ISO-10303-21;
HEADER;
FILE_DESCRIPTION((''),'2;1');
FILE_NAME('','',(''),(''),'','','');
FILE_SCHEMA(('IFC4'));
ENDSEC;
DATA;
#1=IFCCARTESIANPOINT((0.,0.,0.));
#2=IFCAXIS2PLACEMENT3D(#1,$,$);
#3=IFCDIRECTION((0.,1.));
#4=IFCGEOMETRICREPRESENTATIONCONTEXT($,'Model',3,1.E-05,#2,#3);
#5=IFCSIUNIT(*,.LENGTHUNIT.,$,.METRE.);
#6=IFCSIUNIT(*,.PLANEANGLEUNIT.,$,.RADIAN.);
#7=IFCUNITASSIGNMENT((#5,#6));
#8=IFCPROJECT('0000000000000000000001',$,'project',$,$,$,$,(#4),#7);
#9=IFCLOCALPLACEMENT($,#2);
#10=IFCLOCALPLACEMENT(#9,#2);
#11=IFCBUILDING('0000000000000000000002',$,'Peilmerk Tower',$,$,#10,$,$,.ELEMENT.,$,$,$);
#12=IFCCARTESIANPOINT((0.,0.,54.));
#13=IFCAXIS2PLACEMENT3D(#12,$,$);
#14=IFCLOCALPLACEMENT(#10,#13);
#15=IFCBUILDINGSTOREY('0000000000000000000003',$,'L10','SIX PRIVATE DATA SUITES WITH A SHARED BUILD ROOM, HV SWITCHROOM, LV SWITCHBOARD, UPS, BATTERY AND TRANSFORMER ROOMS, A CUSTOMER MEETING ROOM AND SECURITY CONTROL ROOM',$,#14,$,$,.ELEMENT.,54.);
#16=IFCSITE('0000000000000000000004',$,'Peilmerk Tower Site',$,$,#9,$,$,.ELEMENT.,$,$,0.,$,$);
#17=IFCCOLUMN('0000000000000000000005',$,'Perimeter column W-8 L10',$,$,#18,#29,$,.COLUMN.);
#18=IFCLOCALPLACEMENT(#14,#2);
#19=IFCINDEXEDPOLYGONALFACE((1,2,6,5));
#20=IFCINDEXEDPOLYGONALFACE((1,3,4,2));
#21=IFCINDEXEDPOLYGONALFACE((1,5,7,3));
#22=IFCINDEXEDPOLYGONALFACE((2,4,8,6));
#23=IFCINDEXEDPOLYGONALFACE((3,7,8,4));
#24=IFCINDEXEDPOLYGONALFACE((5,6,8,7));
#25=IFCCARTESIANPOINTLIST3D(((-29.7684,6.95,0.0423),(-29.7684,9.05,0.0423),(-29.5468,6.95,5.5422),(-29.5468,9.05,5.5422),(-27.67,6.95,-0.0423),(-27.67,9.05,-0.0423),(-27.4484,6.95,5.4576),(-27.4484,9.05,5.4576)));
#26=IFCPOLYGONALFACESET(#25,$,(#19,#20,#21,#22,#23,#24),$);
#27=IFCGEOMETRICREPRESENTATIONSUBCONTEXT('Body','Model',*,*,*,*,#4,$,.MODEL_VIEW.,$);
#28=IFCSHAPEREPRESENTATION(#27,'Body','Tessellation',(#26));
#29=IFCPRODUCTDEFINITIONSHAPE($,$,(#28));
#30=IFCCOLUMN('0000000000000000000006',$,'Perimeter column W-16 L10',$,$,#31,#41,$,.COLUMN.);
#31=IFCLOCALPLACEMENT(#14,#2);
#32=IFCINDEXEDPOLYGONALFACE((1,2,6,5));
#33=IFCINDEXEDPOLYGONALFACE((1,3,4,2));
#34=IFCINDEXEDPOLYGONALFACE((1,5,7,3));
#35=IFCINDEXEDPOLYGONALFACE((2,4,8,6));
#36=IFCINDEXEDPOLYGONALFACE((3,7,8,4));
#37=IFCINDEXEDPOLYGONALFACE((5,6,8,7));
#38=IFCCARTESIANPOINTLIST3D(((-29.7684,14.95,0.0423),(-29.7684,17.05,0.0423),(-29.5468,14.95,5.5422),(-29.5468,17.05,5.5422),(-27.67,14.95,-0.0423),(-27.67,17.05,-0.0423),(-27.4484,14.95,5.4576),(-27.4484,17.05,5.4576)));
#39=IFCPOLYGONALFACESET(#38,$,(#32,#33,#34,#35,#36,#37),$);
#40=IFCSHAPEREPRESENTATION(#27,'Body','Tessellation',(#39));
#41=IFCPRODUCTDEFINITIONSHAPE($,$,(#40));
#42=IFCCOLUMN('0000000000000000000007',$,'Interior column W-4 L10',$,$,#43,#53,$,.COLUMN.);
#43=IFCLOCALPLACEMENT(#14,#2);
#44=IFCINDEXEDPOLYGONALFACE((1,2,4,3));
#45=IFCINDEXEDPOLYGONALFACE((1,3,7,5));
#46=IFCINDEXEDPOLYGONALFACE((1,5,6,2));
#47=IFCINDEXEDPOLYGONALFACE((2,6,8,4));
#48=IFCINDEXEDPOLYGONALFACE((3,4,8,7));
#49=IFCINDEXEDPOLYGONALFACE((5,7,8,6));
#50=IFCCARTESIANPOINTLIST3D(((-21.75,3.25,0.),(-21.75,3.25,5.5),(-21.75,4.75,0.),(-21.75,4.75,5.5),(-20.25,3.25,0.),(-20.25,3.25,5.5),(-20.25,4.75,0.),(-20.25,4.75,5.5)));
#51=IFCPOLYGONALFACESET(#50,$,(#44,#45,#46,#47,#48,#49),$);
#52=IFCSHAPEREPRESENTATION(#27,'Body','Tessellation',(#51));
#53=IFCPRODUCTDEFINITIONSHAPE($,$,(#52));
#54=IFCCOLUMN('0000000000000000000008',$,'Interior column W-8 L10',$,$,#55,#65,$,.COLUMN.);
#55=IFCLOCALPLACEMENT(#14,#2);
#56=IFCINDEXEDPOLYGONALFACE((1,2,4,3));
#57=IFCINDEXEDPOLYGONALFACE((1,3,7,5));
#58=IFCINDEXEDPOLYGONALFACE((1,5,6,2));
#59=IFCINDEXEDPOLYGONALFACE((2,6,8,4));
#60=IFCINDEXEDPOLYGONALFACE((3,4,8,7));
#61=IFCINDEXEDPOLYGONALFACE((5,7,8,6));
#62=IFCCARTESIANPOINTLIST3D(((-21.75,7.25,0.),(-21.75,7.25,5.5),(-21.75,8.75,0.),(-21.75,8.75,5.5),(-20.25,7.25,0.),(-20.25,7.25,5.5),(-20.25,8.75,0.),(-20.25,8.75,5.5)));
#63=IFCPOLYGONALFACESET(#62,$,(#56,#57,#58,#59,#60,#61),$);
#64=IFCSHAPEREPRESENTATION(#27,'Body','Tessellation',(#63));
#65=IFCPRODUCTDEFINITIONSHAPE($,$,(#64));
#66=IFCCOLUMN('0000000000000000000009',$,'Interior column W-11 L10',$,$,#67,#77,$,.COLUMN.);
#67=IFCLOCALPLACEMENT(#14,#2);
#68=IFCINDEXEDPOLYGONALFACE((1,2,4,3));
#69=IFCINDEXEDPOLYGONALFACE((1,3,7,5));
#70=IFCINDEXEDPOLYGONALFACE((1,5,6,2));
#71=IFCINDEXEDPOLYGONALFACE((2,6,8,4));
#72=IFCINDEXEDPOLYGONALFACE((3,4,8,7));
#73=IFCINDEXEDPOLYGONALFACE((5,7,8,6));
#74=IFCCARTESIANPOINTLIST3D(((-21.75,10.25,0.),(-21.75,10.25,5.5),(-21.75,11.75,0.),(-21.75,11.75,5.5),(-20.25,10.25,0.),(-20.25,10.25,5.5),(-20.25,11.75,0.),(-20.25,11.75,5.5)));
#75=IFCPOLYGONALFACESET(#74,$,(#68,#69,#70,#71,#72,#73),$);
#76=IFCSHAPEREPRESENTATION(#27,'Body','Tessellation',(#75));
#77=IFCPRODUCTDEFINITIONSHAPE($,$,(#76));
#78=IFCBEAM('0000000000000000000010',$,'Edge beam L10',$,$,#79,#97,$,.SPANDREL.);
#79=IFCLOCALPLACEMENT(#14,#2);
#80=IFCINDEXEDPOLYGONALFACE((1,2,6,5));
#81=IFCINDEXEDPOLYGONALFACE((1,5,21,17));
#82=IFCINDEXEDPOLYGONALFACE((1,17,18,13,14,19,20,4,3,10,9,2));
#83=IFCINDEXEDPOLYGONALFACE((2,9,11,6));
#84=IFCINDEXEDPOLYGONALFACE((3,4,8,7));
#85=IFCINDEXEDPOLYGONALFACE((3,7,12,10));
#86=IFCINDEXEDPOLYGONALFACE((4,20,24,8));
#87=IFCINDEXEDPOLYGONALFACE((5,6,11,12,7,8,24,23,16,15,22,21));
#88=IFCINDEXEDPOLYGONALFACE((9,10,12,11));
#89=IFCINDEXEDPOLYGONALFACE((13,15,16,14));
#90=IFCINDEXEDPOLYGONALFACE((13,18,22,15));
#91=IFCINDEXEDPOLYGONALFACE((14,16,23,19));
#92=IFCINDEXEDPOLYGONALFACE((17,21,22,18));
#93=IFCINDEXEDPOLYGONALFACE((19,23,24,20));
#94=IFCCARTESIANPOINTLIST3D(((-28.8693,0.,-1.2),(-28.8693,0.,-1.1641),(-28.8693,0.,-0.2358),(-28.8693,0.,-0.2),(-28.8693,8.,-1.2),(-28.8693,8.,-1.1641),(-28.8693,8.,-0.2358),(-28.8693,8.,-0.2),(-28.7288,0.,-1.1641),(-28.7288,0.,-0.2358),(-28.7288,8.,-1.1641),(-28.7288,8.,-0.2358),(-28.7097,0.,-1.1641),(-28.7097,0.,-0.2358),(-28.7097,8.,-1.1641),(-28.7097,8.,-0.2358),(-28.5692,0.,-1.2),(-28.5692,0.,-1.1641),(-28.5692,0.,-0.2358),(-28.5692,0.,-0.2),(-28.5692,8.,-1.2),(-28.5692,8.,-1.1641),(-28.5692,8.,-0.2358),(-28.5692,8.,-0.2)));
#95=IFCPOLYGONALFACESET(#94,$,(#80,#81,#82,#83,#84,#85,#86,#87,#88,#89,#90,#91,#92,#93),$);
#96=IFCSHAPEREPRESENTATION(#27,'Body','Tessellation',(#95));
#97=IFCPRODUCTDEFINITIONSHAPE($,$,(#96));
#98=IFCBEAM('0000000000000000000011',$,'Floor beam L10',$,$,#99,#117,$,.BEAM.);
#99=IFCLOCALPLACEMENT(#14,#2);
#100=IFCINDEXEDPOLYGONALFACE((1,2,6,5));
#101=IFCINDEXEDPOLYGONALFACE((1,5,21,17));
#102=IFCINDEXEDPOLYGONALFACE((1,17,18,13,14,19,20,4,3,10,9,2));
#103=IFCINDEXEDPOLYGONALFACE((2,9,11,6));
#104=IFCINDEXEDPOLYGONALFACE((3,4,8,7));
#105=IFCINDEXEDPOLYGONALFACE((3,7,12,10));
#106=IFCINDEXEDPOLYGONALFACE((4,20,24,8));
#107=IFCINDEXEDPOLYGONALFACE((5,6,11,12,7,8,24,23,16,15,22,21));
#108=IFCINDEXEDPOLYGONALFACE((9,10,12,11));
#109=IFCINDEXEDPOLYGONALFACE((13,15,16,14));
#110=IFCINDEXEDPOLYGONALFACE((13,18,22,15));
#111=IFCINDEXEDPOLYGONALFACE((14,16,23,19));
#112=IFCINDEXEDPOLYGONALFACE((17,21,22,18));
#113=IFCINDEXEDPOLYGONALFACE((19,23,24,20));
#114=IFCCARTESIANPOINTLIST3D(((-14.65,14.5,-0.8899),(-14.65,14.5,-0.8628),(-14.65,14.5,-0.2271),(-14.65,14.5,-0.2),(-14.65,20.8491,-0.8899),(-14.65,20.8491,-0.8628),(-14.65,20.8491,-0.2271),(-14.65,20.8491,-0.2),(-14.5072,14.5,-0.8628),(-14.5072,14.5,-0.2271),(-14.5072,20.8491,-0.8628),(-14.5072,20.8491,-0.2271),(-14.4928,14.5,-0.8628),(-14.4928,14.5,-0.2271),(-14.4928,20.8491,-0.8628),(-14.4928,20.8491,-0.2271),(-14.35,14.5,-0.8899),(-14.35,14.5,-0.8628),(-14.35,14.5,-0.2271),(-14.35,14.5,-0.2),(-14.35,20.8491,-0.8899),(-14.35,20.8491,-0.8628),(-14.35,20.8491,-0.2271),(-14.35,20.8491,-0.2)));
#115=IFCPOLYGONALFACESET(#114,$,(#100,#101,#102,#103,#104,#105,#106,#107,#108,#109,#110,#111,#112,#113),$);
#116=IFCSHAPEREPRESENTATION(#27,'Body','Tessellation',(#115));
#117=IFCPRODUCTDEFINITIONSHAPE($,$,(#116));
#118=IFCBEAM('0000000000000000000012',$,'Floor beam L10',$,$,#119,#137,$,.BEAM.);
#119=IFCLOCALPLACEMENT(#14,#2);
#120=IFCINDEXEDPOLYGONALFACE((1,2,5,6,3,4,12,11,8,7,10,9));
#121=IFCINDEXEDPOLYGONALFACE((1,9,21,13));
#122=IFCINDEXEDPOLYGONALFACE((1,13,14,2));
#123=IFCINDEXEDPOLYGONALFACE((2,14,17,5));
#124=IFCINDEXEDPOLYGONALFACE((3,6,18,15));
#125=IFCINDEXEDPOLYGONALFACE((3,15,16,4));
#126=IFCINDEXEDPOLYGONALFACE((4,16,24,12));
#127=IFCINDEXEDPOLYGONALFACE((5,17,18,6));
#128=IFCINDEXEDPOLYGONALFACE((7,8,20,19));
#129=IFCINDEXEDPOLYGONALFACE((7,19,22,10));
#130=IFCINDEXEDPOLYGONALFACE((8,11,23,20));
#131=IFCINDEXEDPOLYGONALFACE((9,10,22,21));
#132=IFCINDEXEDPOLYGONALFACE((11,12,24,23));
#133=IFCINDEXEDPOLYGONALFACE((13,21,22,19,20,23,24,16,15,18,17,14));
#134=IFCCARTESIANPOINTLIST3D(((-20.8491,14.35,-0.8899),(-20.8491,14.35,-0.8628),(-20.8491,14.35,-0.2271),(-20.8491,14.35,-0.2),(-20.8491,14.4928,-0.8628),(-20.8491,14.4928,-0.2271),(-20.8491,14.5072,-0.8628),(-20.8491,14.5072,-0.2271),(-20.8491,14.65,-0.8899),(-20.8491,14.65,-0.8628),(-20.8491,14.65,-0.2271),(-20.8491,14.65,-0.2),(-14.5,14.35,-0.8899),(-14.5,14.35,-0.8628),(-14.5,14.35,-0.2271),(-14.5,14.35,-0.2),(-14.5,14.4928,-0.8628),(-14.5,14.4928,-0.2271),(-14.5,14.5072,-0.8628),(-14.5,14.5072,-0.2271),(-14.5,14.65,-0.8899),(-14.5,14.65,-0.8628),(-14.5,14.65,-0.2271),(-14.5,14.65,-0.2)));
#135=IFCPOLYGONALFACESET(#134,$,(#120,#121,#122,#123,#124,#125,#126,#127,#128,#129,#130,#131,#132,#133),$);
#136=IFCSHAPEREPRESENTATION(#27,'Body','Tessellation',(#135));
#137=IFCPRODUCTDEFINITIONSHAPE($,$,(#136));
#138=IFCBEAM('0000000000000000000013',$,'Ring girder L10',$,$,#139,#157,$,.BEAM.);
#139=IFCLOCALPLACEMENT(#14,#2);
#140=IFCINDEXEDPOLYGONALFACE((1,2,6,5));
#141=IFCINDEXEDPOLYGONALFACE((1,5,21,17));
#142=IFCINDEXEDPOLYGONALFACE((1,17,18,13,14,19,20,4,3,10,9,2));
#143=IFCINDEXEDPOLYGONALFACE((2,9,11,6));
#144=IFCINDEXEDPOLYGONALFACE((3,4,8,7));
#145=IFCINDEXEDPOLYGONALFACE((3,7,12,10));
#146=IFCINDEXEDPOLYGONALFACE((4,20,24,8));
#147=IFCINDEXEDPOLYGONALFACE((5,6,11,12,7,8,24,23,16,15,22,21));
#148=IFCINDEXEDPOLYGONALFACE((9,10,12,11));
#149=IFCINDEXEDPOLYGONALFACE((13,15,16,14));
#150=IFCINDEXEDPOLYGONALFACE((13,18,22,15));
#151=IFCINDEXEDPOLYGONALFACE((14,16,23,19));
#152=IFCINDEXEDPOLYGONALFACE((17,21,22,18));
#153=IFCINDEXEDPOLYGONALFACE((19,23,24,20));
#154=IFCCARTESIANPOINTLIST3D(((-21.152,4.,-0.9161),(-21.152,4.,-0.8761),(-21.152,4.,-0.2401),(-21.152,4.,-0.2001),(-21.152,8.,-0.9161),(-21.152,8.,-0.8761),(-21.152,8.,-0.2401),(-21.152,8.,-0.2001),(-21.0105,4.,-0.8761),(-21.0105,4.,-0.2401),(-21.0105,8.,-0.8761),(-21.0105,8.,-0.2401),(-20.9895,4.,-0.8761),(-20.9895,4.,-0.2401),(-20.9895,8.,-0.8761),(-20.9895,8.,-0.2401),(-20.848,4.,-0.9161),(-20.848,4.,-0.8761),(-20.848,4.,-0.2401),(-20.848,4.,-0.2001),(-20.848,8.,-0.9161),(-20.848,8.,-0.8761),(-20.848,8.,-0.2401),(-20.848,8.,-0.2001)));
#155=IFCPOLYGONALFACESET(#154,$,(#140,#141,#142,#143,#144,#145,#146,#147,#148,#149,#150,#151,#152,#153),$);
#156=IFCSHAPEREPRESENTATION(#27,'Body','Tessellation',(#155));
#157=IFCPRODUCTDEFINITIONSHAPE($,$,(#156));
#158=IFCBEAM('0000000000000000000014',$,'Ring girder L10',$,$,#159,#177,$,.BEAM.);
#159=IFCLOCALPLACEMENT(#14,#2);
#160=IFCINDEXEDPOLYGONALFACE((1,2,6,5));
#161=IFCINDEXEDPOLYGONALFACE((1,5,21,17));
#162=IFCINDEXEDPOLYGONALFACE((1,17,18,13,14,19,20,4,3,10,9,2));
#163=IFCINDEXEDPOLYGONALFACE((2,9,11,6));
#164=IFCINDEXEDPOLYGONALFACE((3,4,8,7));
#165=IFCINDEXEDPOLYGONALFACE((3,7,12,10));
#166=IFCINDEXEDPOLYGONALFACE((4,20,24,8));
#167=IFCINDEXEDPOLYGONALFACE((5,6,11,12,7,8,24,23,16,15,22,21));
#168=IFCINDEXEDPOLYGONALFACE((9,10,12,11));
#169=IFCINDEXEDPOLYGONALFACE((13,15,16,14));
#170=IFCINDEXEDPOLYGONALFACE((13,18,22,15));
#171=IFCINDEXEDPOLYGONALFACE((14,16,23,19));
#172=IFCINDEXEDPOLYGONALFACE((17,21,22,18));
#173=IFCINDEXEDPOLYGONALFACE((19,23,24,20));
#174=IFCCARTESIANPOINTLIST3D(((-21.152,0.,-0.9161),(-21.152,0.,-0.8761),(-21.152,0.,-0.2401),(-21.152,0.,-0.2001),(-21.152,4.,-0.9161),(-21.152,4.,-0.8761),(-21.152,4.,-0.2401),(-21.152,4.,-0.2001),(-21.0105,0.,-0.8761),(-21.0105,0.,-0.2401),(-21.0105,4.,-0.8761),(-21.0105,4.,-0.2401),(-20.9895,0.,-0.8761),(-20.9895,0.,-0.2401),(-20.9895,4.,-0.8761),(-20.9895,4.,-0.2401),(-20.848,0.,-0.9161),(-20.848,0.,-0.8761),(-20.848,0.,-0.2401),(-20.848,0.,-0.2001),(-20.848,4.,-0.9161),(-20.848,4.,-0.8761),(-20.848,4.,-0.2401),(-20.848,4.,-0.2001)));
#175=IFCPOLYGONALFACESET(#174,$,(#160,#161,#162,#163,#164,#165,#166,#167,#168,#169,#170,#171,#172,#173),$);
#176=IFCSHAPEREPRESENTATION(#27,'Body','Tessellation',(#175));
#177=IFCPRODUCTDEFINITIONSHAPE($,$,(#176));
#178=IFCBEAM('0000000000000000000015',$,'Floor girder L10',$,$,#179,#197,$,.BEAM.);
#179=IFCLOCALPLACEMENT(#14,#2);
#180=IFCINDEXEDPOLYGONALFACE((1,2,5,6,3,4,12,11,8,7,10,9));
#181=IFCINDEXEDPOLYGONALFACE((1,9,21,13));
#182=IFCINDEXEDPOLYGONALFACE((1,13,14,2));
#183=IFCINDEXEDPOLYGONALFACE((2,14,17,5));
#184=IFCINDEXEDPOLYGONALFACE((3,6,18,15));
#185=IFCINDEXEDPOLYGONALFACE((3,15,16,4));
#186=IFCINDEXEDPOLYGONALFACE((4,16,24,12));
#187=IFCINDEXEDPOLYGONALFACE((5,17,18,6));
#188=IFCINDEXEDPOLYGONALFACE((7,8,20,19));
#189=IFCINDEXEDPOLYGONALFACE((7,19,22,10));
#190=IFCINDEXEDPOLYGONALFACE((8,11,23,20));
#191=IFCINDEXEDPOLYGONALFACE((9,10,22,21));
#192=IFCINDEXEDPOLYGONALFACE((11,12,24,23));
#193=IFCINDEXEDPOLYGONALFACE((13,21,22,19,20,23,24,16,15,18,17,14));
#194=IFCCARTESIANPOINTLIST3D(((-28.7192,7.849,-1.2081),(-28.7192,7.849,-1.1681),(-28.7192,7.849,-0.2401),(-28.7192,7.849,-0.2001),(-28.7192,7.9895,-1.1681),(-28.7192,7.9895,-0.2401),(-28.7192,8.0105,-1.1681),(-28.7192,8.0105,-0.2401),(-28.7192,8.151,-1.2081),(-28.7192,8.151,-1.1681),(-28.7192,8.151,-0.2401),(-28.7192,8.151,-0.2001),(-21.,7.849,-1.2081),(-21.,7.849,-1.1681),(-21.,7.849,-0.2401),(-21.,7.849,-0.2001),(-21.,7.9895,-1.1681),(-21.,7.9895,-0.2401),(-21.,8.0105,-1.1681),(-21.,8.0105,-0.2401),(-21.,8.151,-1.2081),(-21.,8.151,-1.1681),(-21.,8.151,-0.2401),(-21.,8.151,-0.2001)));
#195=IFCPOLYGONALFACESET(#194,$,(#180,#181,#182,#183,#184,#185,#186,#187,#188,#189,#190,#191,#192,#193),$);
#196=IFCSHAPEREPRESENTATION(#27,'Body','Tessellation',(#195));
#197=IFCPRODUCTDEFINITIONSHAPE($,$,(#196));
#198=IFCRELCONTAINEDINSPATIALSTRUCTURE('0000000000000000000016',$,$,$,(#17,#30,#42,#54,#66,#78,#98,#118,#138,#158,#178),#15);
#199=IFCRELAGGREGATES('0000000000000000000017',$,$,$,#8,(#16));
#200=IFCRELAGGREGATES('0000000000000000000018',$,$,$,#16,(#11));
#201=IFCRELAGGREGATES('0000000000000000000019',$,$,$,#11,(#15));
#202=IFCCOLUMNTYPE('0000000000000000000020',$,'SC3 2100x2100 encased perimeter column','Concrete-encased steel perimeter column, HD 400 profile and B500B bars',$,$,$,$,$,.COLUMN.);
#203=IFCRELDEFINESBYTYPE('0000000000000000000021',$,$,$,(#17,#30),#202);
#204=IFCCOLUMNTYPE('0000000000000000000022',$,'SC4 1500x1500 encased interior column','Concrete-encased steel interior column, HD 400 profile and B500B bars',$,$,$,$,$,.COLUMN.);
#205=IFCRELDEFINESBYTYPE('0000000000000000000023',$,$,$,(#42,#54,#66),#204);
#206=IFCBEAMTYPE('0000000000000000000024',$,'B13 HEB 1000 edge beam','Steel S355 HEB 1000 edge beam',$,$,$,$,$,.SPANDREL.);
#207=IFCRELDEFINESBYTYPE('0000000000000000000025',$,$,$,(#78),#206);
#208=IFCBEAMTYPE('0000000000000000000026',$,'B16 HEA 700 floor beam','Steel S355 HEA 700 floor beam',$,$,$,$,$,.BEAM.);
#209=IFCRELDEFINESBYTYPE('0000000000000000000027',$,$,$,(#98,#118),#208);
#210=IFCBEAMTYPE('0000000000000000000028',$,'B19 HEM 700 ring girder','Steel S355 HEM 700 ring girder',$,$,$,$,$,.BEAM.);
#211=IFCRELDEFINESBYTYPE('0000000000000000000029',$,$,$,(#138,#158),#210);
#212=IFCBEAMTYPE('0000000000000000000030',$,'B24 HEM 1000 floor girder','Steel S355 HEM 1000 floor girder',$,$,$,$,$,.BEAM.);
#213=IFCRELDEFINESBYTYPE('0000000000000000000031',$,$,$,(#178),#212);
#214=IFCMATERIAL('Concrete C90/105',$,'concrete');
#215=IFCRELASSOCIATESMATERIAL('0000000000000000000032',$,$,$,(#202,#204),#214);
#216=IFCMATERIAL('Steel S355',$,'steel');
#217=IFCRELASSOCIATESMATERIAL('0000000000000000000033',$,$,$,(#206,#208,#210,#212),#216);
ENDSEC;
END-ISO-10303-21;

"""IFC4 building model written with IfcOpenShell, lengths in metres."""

from ifc_helpers import new_model, si_unit, direction, frame, origin, origin_2d, place, context, subcontext, project, spatial, rectangle, i_section, extrude, material, material_profile, profile_set, type_object, element, save


model = new_model("IFC4")

# Units and contexts
model_context = context("Model", 3, precision=1e-05, world=origin(), true_north=direction((0.0, 1.0)))
body_context = subcontext(model_context, "Body", "Model", "MODEL_VIEW")
ifc_project = project(units=[si_unit("LENGTHUNIT", "METRE"), si_unit("PLANEANGLEUNIT", "RADIAN")], contexts=[model_context])

# Site, building, storey
site_placement = place(None, origin())
site = spatial("IfcSite", under=ifc_project, at=site_placement, Name="Peilmerk Tower Site", CompositionType="ELEMENT", RefElevation=0.0)
building_placement = place(site_placement, origin())
building = spatial("IfcBuilding", under=site, at=building_placement, Name="Peilmerk Tower", CompositionType="ELEMENT")
storey_placement = place(building_placement, frame((0.0, 0.0, 54.0)))
storey = spatial("IfcBuildingStorey", under=building, at=storey_placement, Name="L10", Description="SIX PRIVATE DATA SUITES WITH A SHARED BUILD ROOM, HV SWITCHROOM, LV SWITCHBOARD, UPS, BATTERY AND TRANSFORMER ROOMS, A CUSTOMER MEETING ROOM AND SECURITY CONTROL ROOM", CompositionType="ELEMENT", Elevation=54.0)

# Columns
ifc_material_1 = material(Name="Concrete C90/105", Category="concrete")
ifc_material_profile_1 = material_profile(ifc_material_1, rectangle(XDim=2.1001, YDim=2.1001, at=origin_2d()), Name="RC 2100x2100")
ifc_profile_set_1 = profile_set([ifc_material_profile_1], Name="Concrete C90/105")
column_type_1 = type_object("IfcColumnType", Name="SC3 2100x2100 encased perimeter column", Description="Concrete-encased steel perimeter column, HD 400 profile and B500B bars", PredefinedType="COLUMN", material=ifc_profile_set_1)
for number, where, z_axis, x_axis, name in (
    (1, (-28.7192, 8.0, 0.0), (0.040273, 0.0, 0.999189), (0.0, 1.0, 0.0), "Perimeter column W-8 L10"),
    (2, (-28.7192, 16.0, 0.0), (0.040273, 0.0, 0.999189), (0.0, 1.0, 0.0), "Perimeter column W-16 L10"),
):
    element("IfcColumn", number, at=place(storey_placement, frame(where, z_axis=z_axis, x_axis=x_axis)), inside=storey, type_object=column_type_1, Name=name, PredefinedType="COLUMN", context=body_context, shape_type="SweptSolid", body=[
        extrude(rectangle(XDim=2.1001, YDim=2.1001, at=origin_2d()), origin(), (0.0, 0.0, 1.0), 5.5044),
    ])
ifc_material_profile_2 = material_profile(ifc_material_1, rectangle(XDim=1.5, YDim=1.5, at=origin_2d()), Name="RC 1500x1500")
ifc_profile_set_2 = profile_set([ifc_material_profile_2], Name="Concrete C90/105")
column_type_2 = type_object("IfcColumnType", Name="SC4 1500x1500 encased interior column", Description="Concrete-encased steel interior column, HD 400 profile and B500B bars", PredefinedType="COLUMN", material=ifc_profile_set_2)
for number, where, z_axis, x_axis, name in (
    (3, (-21.0, 4.0, 0.0), (0.0, 0.0, 1.0), (1.0, 0.0, 0.0), "Interior column W-4 L10"),
    (4, (-21.0, 8.0, 0.0), (0.0, 0.0, 1.0), (1.0, 0.0, 0.0), "Interior column W-8 L10"),
    (5, (-21.0, 11.0, 0.0), (0.0, 0.0, 1.0), (1.0, 0.0, 0.0), "Interior column W-11 L10"),
):
    element("IfcColumn", number, at=place(storey_placement, frame(where, z_axis=z_axis, x_axis=x_axis)), inside=storey, type_object=column_type_2, Name=name, PredefinedType="COLUMN", context=body_context, shape_type="SweptSolid", body=[
        extrude(rectangle(XDim=1.5, YDim=1.5, at=origin_2d()), origin(), (0.0, 0.0, 1.0), 5.5),
    ])

# Beams
ifc_material_2 = material(Name="Steel S355", Category="steel")
ifc_material_profile_3 = material_profile(ifc_material_2, i_section(OverallWidth=0.3, OverallDepth=1.0, WebThickness=0.019, FlangeThickness=0.0359, at=origin_2d()), Name="HEB 1000")
ifc_profile_set_3 = profile_set([ifc_material_profile_3], Name="Steel S355")
beam_type_1 = type_object("IfcBeamType", Name="B13 HEB 1000 edge beam", Description="Steel S355 HEB 1000 edge beam", PredefinedType="SPANDREL", material=ifc_profile_set_3)
beam_1_placement = place(storey_placement, frame((-28.7192, 8.0, -0.7), z_axis=(0.0, -1.0, 0.0), x_axis=(1.0, 0.0, 0.0)))
element("IfcBeam", 6, at=beam_1_placement, inside=storey, type_object=beam_type_1, Name="Edge beam L10", PredefinedType="SPANDREL", context=body_context, shape_type="SweptSolid", body=[
    extrude(i_section(OverallWidth=0.3, OverallDepth=1.0, WebThickness=0.019, FlangeThickness=0.0359, at=origin_2d()), origin(), (0.0, 0.0, 1.0), 8.0),
])
ifc_material_profile_4 = material_profile(ifc_material_2, i_section(OverallWidth=0.3, OverallDepth=0.6899, WebThickness=0.0144, FlangeThickness=0.0271, at=origin_2d()), Name="HEA 700")
ifc_profile_set_4 = profile_set([ifc_material_profile_4], Name="Steel S355")
beam_type_2 = type_object("IfcBeamType", Name="B16 HEA 700 floor beam", Description="Steel S355 HEA 700 floor beam", PredefinedType="BEAM", material=ifc_profile_set_4)
for number, where, z_axis, x_axis, name in (
    (7, (-14.5, 14.5, -0.5449), (0.0, 1.0, 0.0), (-1.0, 0.0, 0.0), "Floor beam L10"),
    (8, (-14.5, 14.5, -0.5449), (-1.0, 0.0, 0.0), (0.0, -1.0, 0.0), "Floor beam L10"),
):
    element("IfcBeam", number, at=place(storey_placement, frame(where, z_axis=z_axis, x_axis=x_axis)), inside=storey, type_object=beam_type_2, Name=name, PredefinedType="BEAM", context=body_context, shape_type="SweptSolid", body=[
        extrude(i_section(OverallWidth=0.3, OverallDepth=0.6899, WebThickness=0.0144, FlangeThickness=0.0271, at=origin_2d()), origin(), (0.0, 0.0, 1.0), 6.3491),
    ])
ifc_material_profile_5 = material_profile(ifc_material_2, i_section(OverallWidth=0.304, OverallDepth=0.7161, WebThickness=0.021, FlangeThickness=0.04, at=origin_2d()), Name="HEM 700")
ifc_profile_set_5 = profile_set([ifc_material_profile_5], Name="Steel S355")
beam_type_3 = type_object("IfcBeamType", Name="B19 HEM 700 ring girder", Description="Steel S355 HEM 700 ring girder", PredefinedType="BEAM", material=ifc_profile_set_5)
for number, where, z_axis, x_axis, name in (
    (9, (-21.0, 8.0, -0.5581), (0.0, -1.0, 0.0), (1.0, 0.0, 0.0), "Ring girder L10"),
    (10, (-21.0, 4.0, -0.5581), (0.0, -1.0, 0.0), (1.0, 0.0, 0.0), "Ring girder L10"),
):
    element("IfcBeam", number, at=place(storey_placement, frame(where, z_axis=z_axis, x_axis=x_axis)), inside=storey, type_object=beam_type_3, Name=name, PredefinedType="BEAM", context=body_context, shape_type="SweptSolid", body=[
        extrude(i_section(OverallWidth=0.304, OverallDepth=0.7161, WebThickness=0.021, FlangeThickness=0.04, at=origin_2d()), origin(), (0.0, 0.0, 1.0), 4.0),
    ])
ifc_material_profile_6 = material_profile(ifc_material_2, i_section(OverallWidth=0.302, OverallDepth=1.0081, WebThickness=0.021, FlangeThickness=0.04, at=origin_2d()), Name="HEM 1000")
ifc_profile_set_6 = profile_set([ifc_material_profile_6], Name="Steel S355")
beam_type_4 = type_object("IfcBeamType", Name="B24 HEM 1000 floor girder", Description="Steel S355 HEM 1000 floor girder", PredefinedType="BEAM", material=ifc_profile_set_6)
beam_2_placement = place(storey_placement, frame((-21.0, 8.0, -0.7041), z_axis=(-1.0, 0.0, 0.0), x_axis=(0.0, -1.0, 0.0)))
element("IfcBeam", 11, at=beam_2_placement, inside=storey, type_object=beam_type_4, Name="Floor girder L10", PredefinedType="BEAM", context=body_context, shape_type="SweptSolid", body=[
    extrude(i_section(OverallWidth=0.302, OverallDepth=1.0081, WebThickness=0.021, FlangeThickness=0.04, at=origin_2d()), origin(), (0.0, 0.0, 1.0), 7.7192),
])

save(model, "model.ifc")
